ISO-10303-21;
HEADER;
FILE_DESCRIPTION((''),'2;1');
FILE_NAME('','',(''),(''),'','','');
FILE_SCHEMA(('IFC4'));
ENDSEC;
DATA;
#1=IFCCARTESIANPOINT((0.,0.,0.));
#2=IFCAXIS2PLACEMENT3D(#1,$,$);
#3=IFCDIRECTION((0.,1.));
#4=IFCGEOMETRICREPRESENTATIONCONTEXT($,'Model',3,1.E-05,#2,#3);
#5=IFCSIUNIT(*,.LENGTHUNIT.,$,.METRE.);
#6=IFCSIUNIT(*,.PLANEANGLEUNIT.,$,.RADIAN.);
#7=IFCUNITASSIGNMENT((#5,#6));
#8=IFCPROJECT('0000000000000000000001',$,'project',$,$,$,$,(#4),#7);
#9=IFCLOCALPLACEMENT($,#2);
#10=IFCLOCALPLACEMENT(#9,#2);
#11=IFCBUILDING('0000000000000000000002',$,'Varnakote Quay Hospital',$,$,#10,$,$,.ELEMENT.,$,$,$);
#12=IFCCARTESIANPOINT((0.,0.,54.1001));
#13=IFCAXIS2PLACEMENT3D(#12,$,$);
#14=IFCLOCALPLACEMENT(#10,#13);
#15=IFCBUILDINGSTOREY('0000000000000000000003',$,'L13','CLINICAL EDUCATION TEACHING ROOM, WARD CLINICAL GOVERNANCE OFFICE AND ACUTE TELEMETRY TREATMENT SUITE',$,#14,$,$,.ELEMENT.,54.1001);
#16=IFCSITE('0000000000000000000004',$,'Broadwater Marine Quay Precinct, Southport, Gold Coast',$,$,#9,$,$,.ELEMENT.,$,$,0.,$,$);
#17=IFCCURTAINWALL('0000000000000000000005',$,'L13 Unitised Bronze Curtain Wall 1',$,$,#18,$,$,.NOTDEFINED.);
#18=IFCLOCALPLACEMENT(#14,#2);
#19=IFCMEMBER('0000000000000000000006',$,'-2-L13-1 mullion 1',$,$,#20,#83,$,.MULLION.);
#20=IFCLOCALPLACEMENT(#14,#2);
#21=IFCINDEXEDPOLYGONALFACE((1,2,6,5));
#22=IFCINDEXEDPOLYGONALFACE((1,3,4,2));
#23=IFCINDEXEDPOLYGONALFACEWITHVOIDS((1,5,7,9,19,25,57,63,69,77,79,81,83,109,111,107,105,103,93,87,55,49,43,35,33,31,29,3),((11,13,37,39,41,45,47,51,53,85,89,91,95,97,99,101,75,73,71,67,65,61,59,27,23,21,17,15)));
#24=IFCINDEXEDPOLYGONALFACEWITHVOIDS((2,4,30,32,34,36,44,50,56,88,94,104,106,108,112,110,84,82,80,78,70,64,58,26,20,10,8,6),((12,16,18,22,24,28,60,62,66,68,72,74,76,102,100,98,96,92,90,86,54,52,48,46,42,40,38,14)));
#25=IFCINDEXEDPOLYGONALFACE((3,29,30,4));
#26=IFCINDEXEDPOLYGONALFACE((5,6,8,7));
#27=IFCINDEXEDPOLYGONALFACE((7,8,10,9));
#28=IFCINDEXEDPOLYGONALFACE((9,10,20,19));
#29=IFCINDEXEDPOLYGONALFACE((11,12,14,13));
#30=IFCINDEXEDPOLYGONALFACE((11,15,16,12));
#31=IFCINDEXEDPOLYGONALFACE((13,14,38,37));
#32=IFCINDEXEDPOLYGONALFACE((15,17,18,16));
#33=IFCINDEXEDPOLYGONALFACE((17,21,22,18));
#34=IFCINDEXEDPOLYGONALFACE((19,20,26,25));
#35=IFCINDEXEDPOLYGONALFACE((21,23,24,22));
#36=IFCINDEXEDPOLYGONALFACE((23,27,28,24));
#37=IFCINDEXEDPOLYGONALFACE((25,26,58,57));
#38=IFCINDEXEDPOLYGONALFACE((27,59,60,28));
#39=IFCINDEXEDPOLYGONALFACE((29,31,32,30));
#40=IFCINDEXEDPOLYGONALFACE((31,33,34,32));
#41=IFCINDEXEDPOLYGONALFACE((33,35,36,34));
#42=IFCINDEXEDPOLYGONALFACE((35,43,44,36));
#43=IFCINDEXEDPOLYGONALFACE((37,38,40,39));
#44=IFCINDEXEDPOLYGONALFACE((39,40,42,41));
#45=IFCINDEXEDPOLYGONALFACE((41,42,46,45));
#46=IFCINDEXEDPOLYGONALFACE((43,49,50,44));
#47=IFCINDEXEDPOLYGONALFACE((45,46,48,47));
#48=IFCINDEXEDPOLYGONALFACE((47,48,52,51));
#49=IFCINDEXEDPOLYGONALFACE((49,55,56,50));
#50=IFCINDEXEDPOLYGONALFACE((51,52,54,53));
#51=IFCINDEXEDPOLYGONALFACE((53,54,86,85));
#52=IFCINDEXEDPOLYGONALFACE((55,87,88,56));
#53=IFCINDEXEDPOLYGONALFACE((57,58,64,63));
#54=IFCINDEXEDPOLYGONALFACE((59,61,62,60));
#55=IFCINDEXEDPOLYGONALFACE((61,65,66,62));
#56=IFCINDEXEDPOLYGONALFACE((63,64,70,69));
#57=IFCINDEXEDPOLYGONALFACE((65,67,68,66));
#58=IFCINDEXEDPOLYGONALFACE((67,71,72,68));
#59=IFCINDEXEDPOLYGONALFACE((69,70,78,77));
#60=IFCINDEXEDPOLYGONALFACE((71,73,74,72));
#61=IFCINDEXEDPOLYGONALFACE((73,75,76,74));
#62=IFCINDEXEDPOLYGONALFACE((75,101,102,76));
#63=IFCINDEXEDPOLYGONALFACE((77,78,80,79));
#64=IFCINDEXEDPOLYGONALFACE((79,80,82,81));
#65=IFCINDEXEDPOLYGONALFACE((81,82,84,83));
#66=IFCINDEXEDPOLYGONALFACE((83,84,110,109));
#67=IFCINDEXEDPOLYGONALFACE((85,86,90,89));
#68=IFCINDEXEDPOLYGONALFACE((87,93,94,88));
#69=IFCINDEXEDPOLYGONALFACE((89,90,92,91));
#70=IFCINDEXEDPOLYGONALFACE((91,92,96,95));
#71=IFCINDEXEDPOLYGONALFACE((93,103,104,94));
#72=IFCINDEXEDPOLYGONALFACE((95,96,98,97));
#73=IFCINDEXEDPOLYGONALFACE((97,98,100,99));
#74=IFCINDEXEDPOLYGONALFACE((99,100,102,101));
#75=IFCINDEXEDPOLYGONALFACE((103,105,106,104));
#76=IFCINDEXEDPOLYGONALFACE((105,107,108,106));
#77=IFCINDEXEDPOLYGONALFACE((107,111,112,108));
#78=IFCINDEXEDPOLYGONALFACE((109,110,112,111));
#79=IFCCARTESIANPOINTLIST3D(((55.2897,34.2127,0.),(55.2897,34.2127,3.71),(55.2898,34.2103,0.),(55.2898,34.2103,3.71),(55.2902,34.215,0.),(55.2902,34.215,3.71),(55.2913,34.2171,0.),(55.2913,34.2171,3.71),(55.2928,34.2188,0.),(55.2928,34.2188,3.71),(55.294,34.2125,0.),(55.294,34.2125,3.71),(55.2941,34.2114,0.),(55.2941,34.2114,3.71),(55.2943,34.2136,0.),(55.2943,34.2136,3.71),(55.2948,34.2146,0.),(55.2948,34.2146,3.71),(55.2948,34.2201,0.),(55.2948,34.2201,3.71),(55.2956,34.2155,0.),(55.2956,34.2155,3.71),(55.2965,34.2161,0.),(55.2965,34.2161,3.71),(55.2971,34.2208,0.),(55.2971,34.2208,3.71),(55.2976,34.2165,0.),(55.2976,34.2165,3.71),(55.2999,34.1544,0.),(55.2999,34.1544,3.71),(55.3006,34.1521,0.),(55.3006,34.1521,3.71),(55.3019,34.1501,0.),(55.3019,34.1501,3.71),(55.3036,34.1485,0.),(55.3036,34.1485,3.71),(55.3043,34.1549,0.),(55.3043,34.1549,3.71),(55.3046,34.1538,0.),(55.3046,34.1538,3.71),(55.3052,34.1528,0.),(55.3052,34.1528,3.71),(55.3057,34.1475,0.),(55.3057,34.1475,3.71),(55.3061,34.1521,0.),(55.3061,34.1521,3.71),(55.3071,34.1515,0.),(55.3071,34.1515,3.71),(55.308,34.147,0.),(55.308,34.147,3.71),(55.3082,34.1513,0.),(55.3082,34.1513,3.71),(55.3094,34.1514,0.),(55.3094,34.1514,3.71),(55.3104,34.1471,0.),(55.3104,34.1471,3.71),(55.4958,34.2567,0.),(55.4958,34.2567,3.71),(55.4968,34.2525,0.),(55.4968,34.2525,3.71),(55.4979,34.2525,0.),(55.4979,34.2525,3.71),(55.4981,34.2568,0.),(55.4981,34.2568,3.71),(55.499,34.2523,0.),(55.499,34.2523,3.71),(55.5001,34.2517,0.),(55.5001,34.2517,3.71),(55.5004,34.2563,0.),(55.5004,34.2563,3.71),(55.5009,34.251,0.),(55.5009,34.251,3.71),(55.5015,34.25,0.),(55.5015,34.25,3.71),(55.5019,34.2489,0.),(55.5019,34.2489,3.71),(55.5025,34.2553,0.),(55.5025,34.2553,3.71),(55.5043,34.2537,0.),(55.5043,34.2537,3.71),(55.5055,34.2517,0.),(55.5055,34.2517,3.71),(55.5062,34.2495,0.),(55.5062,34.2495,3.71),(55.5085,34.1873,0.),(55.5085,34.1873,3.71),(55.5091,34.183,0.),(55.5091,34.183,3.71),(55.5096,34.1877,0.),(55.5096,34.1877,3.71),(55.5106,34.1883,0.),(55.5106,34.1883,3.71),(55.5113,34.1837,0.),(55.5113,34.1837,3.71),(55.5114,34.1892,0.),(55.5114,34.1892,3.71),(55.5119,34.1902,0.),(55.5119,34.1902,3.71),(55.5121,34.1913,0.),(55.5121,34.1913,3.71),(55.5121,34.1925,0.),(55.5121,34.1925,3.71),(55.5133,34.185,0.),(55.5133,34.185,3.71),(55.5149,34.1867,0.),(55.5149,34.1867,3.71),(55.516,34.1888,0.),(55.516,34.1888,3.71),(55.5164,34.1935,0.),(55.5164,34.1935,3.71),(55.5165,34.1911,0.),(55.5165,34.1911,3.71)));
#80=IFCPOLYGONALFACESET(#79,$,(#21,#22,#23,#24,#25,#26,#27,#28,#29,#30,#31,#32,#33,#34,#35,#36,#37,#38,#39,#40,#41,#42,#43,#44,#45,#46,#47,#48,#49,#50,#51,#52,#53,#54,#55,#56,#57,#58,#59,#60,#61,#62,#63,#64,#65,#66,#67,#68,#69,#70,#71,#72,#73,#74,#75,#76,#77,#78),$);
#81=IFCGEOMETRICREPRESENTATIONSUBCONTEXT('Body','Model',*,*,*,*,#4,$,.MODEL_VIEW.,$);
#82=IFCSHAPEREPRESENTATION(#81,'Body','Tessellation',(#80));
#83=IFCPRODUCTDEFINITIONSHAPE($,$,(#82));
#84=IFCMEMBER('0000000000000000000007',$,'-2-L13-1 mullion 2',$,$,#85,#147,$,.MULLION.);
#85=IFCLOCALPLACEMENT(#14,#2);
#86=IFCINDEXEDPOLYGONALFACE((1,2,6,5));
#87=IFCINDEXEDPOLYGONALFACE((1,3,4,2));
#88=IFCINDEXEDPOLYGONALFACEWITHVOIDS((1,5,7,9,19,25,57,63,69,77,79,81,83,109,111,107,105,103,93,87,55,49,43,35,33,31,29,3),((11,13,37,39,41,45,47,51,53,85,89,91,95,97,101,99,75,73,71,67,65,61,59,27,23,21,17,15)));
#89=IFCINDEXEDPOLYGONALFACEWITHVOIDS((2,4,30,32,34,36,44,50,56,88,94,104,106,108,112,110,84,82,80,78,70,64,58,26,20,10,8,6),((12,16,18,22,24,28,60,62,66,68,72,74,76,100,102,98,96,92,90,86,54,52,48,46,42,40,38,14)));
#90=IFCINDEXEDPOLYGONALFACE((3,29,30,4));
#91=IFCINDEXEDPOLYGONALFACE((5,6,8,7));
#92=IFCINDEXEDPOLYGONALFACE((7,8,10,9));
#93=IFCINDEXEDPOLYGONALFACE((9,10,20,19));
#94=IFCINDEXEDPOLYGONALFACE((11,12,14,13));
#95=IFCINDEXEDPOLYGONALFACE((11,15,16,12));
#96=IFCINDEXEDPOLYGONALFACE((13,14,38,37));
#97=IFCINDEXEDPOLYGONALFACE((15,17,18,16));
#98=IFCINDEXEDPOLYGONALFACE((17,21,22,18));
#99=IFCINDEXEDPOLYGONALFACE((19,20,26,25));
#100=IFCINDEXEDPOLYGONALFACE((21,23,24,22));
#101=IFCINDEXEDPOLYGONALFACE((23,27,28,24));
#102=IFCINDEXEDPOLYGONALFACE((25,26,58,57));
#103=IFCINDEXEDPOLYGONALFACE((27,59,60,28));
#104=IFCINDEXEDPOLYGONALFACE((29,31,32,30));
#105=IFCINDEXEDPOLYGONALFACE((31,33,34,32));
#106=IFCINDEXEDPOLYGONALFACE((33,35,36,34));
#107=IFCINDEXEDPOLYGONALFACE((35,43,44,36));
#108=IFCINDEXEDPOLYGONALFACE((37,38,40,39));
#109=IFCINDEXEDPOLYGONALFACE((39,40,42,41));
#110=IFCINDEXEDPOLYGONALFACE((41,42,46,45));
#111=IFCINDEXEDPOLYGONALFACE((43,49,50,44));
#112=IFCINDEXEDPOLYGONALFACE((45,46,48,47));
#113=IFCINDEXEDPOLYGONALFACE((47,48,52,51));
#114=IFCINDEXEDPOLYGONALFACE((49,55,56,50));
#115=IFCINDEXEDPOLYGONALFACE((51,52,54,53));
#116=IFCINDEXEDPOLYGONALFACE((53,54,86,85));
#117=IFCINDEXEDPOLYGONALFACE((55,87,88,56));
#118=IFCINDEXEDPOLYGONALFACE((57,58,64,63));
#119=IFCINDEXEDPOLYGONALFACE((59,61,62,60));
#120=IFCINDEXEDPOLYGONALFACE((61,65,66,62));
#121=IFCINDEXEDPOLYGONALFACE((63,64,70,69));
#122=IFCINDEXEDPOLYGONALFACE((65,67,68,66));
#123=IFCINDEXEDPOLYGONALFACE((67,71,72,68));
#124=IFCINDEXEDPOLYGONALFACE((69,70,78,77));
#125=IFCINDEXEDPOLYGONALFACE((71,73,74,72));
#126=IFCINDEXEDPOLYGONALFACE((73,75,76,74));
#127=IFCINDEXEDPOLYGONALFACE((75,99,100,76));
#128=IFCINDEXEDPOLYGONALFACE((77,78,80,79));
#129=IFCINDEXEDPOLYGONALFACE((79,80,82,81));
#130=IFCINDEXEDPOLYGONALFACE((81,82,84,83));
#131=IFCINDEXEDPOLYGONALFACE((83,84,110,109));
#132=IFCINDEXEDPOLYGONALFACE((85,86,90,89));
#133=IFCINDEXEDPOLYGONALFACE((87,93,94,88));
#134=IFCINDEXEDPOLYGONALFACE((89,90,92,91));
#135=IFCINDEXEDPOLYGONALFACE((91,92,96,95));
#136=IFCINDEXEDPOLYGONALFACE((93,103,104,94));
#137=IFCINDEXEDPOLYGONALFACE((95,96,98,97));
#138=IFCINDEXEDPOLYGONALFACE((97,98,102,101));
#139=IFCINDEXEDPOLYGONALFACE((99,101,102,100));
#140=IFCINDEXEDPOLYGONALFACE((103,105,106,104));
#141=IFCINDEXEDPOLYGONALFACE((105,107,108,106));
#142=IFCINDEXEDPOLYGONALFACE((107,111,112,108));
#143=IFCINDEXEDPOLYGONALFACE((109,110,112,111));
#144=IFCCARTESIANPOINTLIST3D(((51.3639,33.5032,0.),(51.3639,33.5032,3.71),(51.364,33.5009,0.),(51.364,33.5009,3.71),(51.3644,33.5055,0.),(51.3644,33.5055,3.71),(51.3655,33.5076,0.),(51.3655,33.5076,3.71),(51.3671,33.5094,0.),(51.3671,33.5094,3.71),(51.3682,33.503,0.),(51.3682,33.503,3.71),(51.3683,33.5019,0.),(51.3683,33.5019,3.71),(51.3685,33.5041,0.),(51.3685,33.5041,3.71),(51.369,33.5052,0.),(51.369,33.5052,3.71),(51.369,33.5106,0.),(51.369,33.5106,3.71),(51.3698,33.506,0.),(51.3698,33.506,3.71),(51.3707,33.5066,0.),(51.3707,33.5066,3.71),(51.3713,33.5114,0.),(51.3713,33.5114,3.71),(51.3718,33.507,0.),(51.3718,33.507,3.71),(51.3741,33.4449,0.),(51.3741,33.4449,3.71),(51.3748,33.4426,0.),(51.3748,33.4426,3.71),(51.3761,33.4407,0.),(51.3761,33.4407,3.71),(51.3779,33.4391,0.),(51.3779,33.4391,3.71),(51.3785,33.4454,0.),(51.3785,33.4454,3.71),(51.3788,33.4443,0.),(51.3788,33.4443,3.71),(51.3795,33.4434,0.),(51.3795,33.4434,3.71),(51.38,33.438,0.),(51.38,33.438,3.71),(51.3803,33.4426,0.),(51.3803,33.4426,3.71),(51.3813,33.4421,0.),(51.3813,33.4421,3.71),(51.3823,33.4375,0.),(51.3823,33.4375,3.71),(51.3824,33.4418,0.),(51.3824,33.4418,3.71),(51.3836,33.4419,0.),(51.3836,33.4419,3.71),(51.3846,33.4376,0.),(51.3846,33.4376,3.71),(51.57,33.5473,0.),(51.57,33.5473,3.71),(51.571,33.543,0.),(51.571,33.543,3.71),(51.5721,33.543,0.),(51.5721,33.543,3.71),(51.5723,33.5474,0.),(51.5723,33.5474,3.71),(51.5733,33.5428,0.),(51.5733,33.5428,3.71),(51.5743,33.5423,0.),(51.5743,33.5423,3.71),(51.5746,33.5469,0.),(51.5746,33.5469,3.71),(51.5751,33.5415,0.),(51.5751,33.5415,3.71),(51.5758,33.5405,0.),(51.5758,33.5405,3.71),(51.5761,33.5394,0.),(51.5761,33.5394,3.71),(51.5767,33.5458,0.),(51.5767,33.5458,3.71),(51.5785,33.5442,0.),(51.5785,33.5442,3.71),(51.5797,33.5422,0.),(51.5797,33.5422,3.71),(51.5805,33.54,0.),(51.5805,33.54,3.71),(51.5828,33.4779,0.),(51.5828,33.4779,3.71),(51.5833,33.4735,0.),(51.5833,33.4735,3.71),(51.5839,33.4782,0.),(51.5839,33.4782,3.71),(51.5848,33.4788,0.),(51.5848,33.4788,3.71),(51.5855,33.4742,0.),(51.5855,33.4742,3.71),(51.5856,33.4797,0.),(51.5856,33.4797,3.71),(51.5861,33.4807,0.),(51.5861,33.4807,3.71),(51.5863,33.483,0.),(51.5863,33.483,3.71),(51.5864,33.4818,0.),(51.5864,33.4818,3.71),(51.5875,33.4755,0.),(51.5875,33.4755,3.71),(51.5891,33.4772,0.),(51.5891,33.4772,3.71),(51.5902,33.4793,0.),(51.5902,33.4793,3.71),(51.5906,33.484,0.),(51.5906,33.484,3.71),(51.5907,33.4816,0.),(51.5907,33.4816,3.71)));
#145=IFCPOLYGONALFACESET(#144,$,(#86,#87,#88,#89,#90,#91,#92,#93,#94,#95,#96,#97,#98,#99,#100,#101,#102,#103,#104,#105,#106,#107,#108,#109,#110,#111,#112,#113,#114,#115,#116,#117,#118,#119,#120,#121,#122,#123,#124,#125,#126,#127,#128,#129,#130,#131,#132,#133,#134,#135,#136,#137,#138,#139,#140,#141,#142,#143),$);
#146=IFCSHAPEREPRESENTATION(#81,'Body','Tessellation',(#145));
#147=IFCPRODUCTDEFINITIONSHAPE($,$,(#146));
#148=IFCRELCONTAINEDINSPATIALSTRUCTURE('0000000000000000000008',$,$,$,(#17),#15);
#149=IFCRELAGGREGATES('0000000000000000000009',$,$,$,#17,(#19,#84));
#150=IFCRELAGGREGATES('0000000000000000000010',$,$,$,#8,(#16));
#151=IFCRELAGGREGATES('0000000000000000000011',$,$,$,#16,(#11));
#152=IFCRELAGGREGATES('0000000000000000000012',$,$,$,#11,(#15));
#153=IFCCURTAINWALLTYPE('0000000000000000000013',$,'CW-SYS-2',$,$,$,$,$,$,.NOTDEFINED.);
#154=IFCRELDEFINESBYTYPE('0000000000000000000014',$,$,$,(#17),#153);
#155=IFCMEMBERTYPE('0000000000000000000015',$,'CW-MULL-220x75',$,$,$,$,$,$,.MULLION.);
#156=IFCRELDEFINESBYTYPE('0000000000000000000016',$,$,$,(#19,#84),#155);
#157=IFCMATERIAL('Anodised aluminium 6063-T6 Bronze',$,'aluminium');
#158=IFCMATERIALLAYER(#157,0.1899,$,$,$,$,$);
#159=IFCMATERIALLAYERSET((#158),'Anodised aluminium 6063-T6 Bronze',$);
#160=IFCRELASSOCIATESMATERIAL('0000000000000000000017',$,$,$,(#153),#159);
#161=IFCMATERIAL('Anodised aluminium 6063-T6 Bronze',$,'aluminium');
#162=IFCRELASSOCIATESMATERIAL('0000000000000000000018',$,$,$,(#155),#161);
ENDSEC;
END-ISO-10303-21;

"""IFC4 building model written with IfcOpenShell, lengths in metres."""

from ifc_helpers import new_model, si_unit, direction, frame, origin, origin_2d, place, context, subcontext, project, spatial, hollow_rectangle, extrude, material, layer, layer_set, material_profile, profile_set, type_object, element, aggregate, save


model = new_model("IFC4")

# Units and contexts
model_context = context("Model", 3, precision=1e-05, world=origin(), true_north=direction((0.0, 1.0)))
body_context = subcontext(model_context, "Body", "Model", "MODEL_VIEW")
ifc_project = project(units=[si_unit("LENGTHUNIT", "METRE"), si_unit("PLANEANGLEUNIT", "RADIAN")], contexts=[model_context])

# Site, building, storey
site_placement = place(None, origin())
site = spatial("IfcSite", under=ifc_project, at=site_placement, Name="Broadwater Marine Quay Precinct, Southport, Gold Coast", CompositionType="ELEMENT", RefElevation=0.0)
building_placement = place(site_placement, origin())
building = spatial("IfcBuilding", under=site, at=building_placement, Name="Varnakote Quay Hospital", CompositionType="ELEMENT")
storey_placement = place(building_placement, frame((0.0, 0.0, 54.1001)))
storey = spatial("IfcBuildingStorey", under=building, at=storey_placement, Name="L13", Description="CLINICAL EDUCATION TEACHING ROOM, WARD CLINICAL GOVERNANCE OFFICE AND ACUTE TELEMETRY TREATMENT SUITE", CompositionType="ELEMENT", Elevation=54.1001)

# Curtain wall, members
ifc_material_1 = material(Name="Anodised aluminium 6063-T6 Bronze", Category="aluminium")
ifc_layer_1 = layer(ifc_material_1, 0.1899)
ifc_layer_set_1 = layer_set([ifc_layer_1], Name="Anodised aluminium 6063-T6 Bronze")
curtain_wall_type = type_object("IfcCurtainWallType", Name="CW-SYS-2", PredefinedType="NOTDEFINED", material=ifc_layer_set_1)
curtain_wall_placement = place(storey_placement, origin())
curtain_wall = element("IfcCurtainWall", 1, at=curtain_wall_placement, inside=storey, type_object=curtain_wall_type, Name="L13 Unitised Bronze Curtain Wall 1", PredefinedType="NOTDEFINED")
ifc_material_2 = material(Name="Anodised aluminium 6063-T6 Bronze", Category="aluminium")
ifc_material_profile_1 = material_profile(ifc_material_2, hollow_rectangle(XDim=0.075, YDim=0.22, WallThickness=0.0044, InnerFilletRadius=0.0044, OuterFilletRadius=0.009, at=origin_2d()), Name="CW-MULL-220x75")
ifc_profile_set_1 = profile_set([ifc_material_profile_1], Name="Anodised aluminium 6063-T6 Bronze")
member_type_1 = type_object("IfcMemberType", Name="CW-MULL-220x75", PredefinedType="MULLION", material=ifc_profile_set_1)
member_1_placement = place(storey_placement, frame((55.4031, 34.2019, 0.0), z_axis=(0.0, 0.0, 1.0), x_axis=(0.177846, -0.984058, 0.0)))
member_1 = element("IfcMember", 2, at=member_1_placement, type_object=member_type_1, Name="-2-L13-1 mullion 1", PredefinedType="MULLION", context=body_context, shape_type="SweptSolid", body=[
    extrude(hollow_rectangle(XDim=0.075, YDim=0.22, WallThickness=0.0044, InnerFilletRadius=0.0044, OuterFilletRadius=0.009, at=origin_2d()), origin(), (0.0, 0.0, 1.0), 3.71),
])
member_2_placement = place(storey_placement, frame((51.4773, 33.4924, 0.0), z_axis=(0.0, 0.0, 1.0), x_axis=(0.177846, -0.984058, 0.0)))
member_2 = element("IfcMember", 3, at=member_2_placement, type_object=member_type_1, Name="-2-L13-1 mullion 2", PredefinedType="MULLION", context=body_context, shape_type="SweptSolid", body=[
    extrude(hollow_rectangle(XDim=0.075, YDim=0.22, WallThickness=0.0044, InnerFilletRadius=0.0044, OuterFilletRadius=0.009, at=origin_2d()), origin(), (0.0, 0.0, 1.0), 3.71),
])
aggregate(curtain_wall, [member_1, member_2])

save(model, "model.ifc")
